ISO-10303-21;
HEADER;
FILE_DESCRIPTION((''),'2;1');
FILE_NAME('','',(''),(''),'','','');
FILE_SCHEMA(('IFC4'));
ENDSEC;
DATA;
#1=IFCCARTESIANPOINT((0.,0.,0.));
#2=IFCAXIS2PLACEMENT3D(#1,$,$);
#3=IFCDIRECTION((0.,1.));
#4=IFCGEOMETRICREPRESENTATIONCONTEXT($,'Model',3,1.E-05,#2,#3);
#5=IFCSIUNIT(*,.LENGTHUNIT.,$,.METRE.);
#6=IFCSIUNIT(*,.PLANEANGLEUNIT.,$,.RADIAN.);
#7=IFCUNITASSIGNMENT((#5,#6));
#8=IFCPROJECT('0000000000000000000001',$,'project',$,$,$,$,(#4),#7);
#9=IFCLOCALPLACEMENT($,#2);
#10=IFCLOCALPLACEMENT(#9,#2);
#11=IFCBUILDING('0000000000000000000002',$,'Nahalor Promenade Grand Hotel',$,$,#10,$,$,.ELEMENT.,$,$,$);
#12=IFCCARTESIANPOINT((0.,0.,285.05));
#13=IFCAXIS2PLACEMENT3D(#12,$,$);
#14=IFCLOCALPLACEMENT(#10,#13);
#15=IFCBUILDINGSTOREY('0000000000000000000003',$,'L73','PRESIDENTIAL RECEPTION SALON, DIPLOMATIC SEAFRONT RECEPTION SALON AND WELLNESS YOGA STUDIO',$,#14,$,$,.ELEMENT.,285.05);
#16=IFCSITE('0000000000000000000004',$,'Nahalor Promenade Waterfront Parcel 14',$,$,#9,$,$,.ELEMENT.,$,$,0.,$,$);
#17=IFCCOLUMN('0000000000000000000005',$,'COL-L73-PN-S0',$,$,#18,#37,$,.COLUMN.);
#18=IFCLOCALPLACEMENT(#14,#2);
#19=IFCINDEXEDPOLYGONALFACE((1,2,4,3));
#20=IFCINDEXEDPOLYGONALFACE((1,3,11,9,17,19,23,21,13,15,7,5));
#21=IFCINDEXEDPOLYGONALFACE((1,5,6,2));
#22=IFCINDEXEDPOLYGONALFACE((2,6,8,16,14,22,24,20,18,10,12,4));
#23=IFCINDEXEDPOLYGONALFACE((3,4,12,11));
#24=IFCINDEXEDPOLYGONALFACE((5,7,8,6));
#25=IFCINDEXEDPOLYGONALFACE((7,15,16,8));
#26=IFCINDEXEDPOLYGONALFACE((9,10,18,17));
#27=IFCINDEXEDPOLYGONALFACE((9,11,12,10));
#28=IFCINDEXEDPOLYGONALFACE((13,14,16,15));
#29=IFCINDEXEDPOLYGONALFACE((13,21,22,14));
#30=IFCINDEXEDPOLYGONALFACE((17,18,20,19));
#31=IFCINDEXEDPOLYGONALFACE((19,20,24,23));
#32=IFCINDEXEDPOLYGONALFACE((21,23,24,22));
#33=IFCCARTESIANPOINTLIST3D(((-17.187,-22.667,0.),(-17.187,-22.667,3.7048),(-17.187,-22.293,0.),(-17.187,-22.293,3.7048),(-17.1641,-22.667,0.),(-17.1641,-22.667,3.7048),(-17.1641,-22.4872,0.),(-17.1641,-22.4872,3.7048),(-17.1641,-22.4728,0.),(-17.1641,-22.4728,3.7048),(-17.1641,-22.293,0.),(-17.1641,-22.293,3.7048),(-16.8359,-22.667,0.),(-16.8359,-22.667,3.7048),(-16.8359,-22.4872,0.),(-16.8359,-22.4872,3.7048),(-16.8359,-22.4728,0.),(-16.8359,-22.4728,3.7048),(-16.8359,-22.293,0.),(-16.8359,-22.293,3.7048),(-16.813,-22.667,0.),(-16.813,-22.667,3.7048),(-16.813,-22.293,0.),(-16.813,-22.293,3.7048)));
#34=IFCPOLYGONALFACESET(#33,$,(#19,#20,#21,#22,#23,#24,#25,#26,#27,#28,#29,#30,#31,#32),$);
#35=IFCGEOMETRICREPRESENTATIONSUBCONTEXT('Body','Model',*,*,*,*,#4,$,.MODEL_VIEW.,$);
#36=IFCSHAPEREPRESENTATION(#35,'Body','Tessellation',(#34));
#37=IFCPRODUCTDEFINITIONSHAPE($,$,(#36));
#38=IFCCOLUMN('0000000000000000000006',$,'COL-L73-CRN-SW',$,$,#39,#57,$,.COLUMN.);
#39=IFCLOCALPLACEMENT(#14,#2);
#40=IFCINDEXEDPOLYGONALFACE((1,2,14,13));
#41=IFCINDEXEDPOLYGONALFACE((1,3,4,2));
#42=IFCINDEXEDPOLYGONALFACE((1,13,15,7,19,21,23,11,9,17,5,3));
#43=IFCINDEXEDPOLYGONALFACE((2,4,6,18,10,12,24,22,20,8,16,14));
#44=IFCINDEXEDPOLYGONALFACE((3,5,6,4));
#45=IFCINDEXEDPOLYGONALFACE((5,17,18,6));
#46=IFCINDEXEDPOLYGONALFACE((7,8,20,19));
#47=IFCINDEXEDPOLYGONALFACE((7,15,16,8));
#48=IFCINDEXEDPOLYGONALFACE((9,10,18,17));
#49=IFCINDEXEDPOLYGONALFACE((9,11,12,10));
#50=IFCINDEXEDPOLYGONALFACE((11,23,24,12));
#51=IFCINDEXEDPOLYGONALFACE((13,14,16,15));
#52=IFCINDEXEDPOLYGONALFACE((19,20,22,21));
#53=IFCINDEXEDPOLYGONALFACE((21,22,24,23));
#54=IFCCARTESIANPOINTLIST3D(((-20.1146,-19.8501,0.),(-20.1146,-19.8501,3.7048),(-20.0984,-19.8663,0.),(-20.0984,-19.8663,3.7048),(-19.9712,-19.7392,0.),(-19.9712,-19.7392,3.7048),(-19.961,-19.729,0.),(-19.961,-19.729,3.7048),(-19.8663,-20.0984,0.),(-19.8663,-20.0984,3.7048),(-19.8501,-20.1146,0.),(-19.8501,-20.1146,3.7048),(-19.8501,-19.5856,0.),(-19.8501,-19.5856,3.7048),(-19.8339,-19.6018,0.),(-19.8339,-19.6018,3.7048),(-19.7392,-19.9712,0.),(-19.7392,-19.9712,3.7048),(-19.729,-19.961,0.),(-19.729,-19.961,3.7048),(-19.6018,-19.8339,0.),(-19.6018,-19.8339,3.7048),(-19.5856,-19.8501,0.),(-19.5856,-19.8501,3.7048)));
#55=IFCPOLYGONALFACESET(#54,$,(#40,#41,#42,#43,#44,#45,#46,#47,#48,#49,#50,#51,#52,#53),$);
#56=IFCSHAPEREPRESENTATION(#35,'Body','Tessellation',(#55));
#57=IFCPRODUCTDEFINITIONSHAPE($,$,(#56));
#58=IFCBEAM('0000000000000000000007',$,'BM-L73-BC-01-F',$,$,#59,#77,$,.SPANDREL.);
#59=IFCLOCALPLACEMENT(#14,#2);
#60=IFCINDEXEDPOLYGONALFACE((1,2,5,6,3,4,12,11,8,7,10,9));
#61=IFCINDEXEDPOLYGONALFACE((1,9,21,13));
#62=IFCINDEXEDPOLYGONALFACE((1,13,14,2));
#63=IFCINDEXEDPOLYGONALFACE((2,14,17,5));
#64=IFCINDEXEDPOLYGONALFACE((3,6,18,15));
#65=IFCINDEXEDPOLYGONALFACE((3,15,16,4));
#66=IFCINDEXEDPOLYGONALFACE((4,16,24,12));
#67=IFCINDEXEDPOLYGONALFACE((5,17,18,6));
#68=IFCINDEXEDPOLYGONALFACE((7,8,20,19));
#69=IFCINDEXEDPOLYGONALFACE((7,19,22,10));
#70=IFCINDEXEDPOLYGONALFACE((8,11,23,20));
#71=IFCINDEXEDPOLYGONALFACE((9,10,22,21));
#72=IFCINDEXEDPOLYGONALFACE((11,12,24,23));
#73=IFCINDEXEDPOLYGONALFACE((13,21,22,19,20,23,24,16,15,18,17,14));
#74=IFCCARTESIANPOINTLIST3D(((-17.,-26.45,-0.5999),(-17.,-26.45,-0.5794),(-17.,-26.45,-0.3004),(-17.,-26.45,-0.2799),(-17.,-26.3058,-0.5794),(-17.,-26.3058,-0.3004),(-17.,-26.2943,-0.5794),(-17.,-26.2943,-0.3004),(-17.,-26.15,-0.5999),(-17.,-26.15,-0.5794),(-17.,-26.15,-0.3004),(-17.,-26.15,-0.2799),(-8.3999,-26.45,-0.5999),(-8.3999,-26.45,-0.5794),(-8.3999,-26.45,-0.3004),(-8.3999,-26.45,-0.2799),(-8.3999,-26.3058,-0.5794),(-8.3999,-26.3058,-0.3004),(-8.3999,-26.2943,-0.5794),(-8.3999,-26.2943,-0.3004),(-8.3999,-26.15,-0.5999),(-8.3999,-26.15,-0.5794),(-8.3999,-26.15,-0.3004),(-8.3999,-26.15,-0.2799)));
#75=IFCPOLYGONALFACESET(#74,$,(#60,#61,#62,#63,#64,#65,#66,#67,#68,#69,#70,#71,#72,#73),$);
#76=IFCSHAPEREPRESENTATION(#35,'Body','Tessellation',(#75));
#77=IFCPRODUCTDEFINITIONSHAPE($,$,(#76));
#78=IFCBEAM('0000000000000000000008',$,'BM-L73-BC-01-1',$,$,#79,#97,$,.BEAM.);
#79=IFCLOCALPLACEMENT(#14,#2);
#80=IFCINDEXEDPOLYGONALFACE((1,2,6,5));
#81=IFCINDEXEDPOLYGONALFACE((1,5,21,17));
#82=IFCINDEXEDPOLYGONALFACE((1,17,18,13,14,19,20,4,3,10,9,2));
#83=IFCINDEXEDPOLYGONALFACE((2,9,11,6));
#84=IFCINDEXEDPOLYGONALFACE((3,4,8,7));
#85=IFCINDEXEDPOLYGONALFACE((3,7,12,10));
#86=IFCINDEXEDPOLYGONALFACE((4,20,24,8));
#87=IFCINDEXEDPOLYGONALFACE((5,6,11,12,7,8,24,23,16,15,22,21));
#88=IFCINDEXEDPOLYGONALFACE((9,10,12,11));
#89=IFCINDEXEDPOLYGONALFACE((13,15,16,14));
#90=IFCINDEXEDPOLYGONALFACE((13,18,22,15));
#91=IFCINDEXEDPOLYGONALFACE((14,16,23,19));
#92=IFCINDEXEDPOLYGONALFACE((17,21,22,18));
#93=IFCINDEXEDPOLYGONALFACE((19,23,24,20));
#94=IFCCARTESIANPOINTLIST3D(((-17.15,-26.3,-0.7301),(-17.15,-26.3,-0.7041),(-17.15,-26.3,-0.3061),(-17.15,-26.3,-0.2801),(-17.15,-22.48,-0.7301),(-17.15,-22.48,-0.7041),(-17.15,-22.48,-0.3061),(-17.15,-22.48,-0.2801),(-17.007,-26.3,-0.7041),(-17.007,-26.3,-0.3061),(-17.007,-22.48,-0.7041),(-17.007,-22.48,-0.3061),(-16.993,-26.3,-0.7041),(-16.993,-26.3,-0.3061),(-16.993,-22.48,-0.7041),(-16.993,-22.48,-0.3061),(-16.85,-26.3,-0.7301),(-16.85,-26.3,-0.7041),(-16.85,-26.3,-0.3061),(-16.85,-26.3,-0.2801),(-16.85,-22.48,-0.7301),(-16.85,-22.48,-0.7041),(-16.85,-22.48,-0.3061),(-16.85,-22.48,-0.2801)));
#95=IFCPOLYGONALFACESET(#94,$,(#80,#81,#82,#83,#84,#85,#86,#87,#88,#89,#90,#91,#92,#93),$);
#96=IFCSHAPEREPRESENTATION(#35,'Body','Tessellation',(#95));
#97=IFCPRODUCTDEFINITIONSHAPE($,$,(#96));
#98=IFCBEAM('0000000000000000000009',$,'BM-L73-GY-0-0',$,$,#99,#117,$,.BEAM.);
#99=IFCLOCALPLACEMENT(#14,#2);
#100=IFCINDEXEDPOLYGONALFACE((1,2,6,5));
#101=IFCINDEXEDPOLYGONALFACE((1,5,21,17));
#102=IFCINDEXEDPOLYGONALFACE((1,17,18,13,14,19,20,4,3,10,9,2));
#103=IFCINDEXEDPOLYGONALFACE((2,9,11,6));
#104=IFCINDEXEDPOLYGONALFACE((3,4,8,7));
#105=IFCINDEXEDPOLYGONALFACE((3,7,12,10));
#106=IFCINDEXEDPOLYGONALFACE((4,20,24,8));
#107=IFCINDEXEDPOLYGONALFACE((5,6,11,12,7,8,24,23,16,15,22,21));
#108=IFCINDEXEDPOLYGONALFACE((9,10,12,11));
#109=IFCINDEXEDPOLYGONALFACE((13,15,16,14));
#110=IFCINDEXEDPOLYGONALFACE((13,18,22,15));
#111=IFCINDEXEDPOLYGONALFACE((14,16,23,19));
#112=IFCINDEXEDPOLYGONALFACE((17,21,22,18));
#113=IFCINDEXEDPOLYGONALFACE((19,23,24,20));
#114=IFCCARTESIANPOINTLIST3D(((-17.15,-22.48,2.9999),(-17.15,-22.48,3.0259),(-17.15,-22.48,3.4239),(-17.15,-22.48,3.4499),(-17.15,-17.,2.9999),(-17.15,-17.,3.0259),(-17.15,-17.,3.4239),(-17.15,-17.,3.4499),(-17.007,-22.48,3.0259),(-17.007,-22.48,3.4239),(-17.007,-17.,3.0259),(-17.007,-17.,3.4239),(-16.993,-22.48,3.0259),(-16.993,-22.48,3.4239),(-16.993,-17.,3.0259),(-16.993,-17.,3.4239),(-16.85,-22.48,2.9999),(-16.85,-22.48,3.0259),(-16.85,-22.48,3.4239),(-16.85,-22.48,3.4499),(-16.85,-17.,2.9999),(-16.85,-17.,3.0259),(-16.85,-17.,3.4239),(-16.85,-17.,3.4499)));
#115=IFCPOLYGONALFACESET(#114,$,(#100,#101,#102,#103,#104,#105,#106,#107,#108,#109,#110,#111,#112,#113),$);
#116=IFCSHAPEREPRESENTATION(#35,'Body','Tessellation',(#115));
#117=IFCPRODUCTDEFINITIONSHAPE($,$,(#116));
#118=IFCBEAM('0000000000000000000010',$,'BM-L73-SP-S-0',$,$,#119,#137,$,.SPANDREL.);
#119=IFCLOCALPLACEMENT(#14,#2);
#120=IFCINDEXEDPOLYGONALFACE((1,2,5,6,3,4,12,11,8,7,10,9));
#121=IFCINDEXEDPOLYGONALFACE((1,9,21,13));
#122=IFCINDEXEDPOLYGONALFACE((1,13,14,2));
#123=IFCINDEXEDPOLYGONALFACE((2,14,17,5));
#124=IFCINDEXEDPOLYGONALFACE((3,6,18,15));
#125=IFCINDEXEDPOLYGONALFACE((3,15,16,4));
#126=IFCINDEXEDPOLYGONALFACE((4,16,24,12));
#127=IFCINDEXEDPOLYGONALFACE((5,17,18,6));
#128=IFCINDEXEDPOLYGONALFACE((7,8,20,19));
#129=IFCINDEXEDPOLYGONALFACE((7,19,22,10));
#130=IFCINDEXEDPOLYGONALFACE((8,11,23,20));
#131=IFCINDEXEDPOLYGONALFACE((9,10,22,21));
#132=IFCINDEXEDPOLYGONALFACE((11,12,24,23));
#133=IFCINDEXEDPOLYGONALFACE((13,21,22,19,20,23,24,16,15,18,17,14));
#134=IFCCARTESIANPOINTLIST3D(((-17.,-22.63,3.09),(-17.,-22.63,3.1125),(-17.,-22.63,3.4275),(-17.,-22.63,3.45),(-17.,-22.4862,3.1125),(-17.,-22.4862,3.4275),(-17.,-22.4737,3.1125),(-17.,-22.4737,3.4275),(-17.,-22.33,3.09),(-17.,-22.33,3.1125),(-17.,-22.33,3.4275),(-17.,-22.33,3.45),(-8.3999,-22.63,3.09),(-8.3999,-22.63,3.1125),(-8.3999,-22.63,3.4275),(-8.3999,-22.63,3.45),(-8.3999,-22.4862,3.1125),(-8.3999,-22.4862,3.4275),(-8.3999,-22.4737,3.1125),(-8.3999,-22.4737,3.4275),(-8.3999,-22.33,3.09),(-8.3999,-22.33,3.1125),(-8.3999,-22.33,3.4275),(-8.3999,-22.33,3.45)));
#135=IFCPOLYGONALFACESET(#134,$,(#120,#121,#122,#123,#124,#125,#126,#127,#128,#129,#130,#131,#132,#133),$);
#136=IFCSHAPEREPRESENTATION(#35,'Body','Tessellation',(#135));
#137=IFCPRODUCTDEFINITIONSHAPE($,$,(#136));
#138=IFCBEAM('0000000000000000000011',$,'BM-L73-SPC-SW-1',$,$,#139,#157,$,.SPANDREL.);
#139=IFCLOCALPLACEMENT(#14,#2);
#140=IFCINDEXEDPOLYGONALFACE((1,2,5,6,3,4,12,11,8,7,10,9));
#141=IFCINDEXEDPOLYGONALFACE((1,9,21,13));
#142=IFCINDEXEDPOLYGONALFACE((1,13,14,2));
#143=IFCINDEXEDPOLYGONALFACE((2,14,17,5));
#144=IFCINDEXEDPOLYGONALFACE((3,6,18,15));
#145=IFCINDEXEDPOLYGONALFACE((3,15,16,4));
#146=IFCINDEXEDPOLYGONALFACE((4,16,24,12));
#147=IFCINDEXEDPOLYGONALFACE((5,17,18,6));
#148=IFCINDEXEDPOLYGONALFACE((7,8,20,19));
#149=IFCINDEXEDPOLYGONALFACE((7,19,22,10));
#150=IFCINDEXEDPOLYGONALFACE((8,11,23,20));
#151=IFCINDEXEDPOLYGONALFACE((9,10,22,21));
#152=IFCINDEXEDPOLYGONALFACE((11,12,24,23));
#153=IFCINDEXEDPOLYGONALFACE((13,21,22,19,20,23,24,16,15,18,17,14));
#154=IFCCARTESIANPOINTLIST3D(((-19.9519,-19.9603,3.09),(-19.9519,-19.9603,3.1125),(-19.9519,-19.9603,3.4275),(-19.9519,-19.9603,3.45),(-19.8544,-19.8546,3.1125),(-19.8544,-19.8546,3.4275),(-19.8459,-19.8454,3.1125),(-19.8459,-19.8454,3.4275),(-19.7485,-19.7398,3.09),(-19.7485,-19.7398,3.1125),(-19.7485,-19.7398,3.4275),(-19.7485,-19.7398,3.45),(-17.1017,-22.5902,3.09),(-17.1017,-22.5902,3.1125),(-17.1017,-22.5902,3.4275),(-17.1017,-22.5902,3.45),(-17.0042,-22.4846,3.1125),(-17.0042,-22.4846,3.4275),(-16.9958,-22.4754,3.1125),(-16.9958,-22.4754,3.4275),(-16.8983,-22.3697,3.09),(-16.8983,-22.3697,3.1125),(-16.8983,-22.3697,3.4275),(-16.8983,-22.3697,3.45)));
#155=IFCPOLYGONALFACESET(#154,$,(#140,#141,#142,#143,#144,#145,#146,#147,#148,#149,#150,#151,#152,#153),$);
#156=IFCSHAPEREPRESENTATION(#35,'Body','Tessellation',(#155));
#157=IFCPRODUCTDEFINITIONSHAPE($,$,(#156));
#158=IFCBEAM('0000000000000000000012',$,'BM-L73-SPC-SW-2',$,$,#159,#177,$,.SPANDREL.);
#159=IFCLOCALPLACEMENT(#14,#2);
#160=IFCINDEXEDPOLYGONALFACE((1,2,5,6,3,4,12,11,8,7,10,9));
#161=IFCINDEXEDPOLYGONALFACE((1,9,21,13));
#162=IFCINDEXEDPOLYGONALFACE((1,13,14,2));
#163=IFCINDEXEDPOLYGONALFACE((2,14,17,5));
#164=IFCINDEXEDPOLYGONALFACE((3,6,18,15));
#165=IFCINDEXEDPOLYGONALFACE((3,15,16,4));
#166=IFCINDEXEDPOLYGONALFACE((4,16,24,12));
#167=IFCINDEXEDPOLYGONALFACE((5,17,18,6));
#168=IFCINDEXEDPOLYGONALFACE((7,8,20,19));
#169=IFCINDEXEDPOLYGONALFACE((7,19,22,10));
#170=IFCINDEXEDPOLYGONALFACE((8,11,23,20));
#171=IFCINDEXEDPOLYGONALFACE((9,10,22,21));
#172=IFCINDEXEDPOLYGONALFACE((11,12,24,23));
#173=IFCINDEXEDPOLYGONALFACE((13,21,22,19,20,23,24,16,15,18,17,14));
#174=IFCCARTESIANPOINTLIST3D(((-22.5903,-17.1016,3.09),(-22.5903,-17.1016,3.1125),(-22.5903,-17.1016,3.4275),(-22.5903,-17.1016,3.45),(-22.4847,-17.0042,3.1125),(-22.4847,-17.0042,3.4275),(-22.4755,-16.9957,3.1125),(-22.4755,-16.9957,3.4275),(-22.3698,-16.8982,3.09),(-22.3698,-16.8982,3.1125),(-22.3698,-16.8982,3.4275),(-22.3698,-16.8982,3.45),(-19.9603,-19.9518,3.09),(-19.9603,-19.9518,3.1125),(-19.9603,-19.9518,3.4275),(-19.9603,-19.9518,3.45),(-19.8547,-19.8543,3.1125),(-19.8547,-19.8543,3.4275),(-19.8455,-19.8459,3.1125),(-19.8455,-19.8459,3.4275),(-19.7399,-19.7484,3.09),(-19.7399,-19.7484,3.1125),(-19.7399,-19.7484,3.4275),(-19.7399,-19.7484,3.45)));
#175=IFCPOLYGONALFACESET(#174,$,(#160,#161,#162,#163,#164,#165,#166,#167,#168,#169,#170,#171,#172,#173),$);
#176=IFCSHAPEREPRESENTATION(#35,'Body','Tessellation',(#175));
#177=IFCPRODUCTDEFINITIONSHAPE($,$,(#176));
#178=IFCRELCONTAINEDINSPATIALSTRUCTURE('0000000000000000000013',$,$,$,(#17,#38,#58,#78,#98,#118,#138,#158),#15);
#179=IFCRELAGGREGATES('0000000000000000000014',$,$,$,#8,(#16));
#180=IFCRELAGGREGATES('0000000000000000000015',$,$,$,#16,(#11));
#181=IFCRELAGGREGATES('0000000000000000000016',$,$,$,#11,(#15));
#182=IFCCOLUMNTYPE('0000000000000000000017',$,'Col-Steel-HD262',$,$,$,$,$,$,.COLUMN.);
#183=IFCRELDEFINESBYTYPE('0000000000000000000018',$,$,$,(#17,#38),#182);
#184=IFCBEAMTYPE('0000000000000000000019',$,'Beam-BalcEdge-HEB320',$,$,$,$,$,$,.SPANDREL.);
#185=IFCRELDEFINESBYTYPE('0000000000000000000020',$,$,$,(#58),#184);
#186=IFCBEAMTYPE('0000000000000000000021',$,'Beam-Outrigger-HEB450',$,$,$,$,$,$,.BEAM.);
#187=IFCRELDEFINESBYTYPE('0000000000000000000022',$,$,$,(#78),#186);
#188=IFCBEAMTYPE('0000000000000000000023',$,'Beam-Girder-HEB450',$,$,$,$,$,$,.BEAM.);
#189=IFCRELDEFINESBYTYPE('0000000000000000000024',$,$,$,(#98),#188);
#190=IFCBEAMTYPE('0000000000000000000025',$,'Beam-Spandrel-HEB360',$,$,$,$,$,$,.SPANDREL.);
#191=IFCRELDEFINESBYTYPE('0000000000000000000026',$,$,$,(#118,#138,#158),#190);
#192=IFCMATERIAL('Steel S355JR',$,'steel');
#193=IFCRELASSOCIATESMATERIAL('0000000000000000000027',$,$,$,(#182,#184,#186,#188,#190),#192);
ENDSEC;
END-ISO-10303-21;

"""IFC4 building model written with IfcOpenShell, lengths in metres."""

from ifc_helpers import new_model, si_unit, direction, frame, origin, origin_2d, place, context, subcontext, project, spatial, i_section, extrude, source, transform, mapped, material, material_profile, profile_set, type_object, element, save


model = new_model("IFC4")

# Units and contexts
model_context = context("Model", 3, precision=1e-05, world=origin(), true_north=direction((0.0, 1.0)))
body_context = subcontext(model_context, "Body", "Model", "MODEL_VIEW")
ifc_project = project(units=[si_unit("LENGTHUNIT", "METRE"), si_unit("PLANEANGLEUNIT", "RADIAN")], contexts=[model_context])

# Site, building, storey
site_placement = place(None, origin())
site = spatial("IfcSite", under=ifc_project, at=site_placement, Name="Nahalor Promenade Waterfront Parcel 14", CompositionType="ELEMENT", RefElevation=0.0)
building_placement = place(site_placement, origin())
building = spatial("IfcBuilding", under=site, at=building_placement, Name="Nahalor Promenade Grand Hotel", CompositionType="ELEMENT")
storey_placement = place(building_placement, frame((0.0, 0.0, 285.05)))
storey = spatial("IfcBuildingStorey", under=building, at=storey_placement, Name="L73", Description="PRESIDENTIAL RECEPTION SALON, DIPLOMATIC SEAFRONT RECEPTION SALON AND WELLNESS YOGA STUDIO", CompositionType="ELEMENT", Elevation=285.05)

# Columns
ifc_material_1 = material(Name="Steel S355JR", Category="steel")
ifc_material_profile_1 = material_profile(ifc_material_1, i_section(OverallWidth=0.374, OverallDepth=0.374, WebThickness=0.0144, FlangeThickness=0.0229, at=origin_2d()), Name="HD 360x262")
ifc_profile_set_1 = profile_set([ifc_material_profile_1], Name="Steel S355JR")
column_type = type_object("IfcColumnType", Name="Col-Steel-HD262", PredefinedType="COLUMN", material=ifc_profile_set_1)
shared_shape_1 = source(origin(), body_context, "Body", "SweptSolid", [
    extrude(i_section(OverallWidth=0.374, OverallDepth=0.374, WebThickness=0.0144, FlangeThickness=0.0229, at=origin_2d()), origin(), (0.0, 0.0, 1.0), 3.7048),
])
for number, where, z_axis, x_axis, name in (
    (1, (-17.0, -22.48, 0.0), (0.0, 0.0, 1.0), (0.0, 1.0, 0.0), "COL-L73-PN-S0"),
    (2, (-19.8501, -19.8501, 0.0), (0.0, 0.0, 1.0), (0.707107, 0.707107, 0.0), "COL-L73-CRN-SW"),
):
    element("IfcColumn", number, at=place(storey_placement, frame(where, z_axis=z_axis, x_axis=x_axis)), inside=storey, type_object=column_type, Name=name, PredefinedType="COLUMN", context=body_context, shape_type="MappedRepresentation", body=[
        mapped(shared_shape_1, transform((0.0, 0.0, 0.0), scale=1.0)),
    ])

# Beams
ifc_material_profile_2 = material_profile(ifc_material_1, i_section(OverallWidth=0.3, OverallDepth=0.32, WebThickness=0.0115, FlangeThickness=0.0205, at=origin_2d()), Name="HEB 320")
ifc_profile_set_2 = profile_set([ifc_material_profile_2], Name="Steel S355JR")
beam_type_1 = type_object("IfcBeamType", Name="Beam-BalcEdge-HEB320", PredefinedType="SPANDREL", material=ifc_profile_set_2)
shared_shape_2 = source(origin(), body_context, "Body", "SweptSolid", [
    extrude(i_section(OverallWidth=0.3, OverallDepth=0.32, WebThickness=0.0115, FlangeThickness=0.0205, at=origin_2d()), origin(), (0.0, 0.0, 1.0), 8.6001),
])
beam_1_placement = place(storey_placement, frame((-17.0, -26.3, -0.4399), z_axis=(1.0, 0.0, 0.0), x_axis=(0.0, 1.0, 0.0)))
element("IfcBeam", 3, at=beam_1_placement, inside=storey, type_object=beam_type_1, Name="BM-L73-BC-01-F", PredefinedType="SPANDREL", context=body_context, shape_type="MappedRepresentation", body=[
    mapped(shared_shape_2, transform((0.0, 0.0, 0.0), scale=1.0)),
])
ifc_material_profile_3 = material_profile(ifc_material_1, i_section(OverallWidth=0.3, OverallDepth=0.45, WebThickness=0.014, FlangeThickness=0.026, at=origin_2d()), Name="HEB 450")
ifc_profile_set_3 = profile_set([ifc_material_profile_3], Name="Steel S355JR")
beam_type_2 = type_object("IfcBeamType", Name="Beam-Outrigger-HEB450", PredefinedType="BEAM", material=ifc_profile_set_3)
shared_shape_3 = source(origin(), body_context, "Body", "SweptSolid", [
    extrude(i_section(OverallWidth=0.3, OverallDepth=0.45, WebThickness=0.014, FlangeThickness=0.026, at=origin_2d()), origin(), (0.0, 0.0, 1.0), 3.8201),
])
beam_2_placement = place(storey_placement, frame((-17.0, -26.3, -0.5051), z_axis=(0.0, 1.0, 0.0), x_axis=(-1.0, 0.0, 0.0)))
element("IfcBeam", 4, at=beam_2_placement, inside=storey, type_object=beam_type_2, Name="BM-L73-BC-01-1", PredefinedType="BEAM", context=body_context, shape_type="MappedRepresentation", body=[
    mapped(shared_shape_3, transform((0.0, 0.0, 0.0), scale=1.0)),
])
ifc_material_profile_4 = material_profile(ifc_material_1, i_section(OverallWidth=0.3, OverallDepth=0.45, WebThickness=0.014, FlangeThickness=0.026, at=origin_2d()), Name="HEB 450")
ifc_profile_set_4 = profile_set([ifc_material_profile_4], Name="Steel S355JR")
beam_type_3 = type_object("IfcBeamType", Name="Beam-Girder-HEB450", PredefinedType="BEAM", material=ifc_profile_set_4)
shared_shape_4 = source(origin(), body_context, "Body", "SweptSolid", [
    extrude(i_section(OverallWidth=0.3, OverallDepth=0.45, WebThickness=0.014, FlangeThickness=0.026, at=origin_2d()), origin(), (0.0, 0.0, 1.0), 5.48),
])
beam_3_placement = place(storey_placement, frame((-17.0, -22.48, 3.2249), z_axis=(0.0, 1.0, 0.0), x_axis=(-1.0, 0.0, 0.0)))
element("IfcBeam", 5, at=beam_3_placement, inside=storey, type_object=beam_type_3, Name="BM-L73-GY-0-0", PredefinedType="BEAM", context=body_context, shape_type="MappedRepresentation", body=[
    mapped(shared_shape_4, transform((0.0, 0.0, 0.0), scale=1.0)),
])
ifc_material_profile_5 = material_profile(ifc_material_1, i_section(OverallWidth=0.3, OverallDepth=0.36, WebThickness=0.0125, FlangeThickness=0.0225, at=origin_2d()), Name="HEB 360")
ifc_profile_set_5 = profile_set([ifc_material_profile_5], Name="Steel S355JR")
beam_type_4 = type_object("IfcBeamType", Name="Beam-Spandrel-HEB360", PredefinedType="SPANDREL", material=ifc_profile_set_5)
shared_shape_5 = source(origin(), body_context, "Body", "SweptSolid", [
    extrude(i_section(OverallWidth=0.3, OverallDepth=0.36, WebThickness=0.0125, FlangeThickness=0.0225, at=origin_2d()), origin(), (0.0, 0.0, 1.0), 8.6001),
])
beam_4_placement = place(storey_placement, frame((-17.0, -22.48, 3.27), z_axis=(1.0, 0.0, 0.0), x_axis=(0.0, 1.0, 0.0)))
element("IfcBeam", 6, at=beam_4_placement, inside=storey, type_object=beam_type_4, Name="BM-L73-SP-S-0", PredefinedType="SPANDREL", context=body_context, shape_type="MappedRepresentation", body=[
    mapped(shared_shape_5, transform((0.0, 0.0, 0.0), scale=1.0)),
])
shared_shape_6 = source(origin(), body_context, "Body", "SweptSolid", [
    extrude(i_section(OverallWidth=0.3, OverallDepth=0.36, WebThickness=0.0125, FlangeThickness=0.0225, at=origin_2d()), origin(), (0.0, 0.0, 1.0), 3.8782),
])
for number, where, z_axis, x_axis, name in (
    (7, (-17.0, -22.48, 3.27), (-0.734929, 0.678144, 0.0), (-0.678144, -0.734929, 0.0), "BM-L73-SPC-SW-1"),
    (8, (-19.8501, -19.8501, 3.27), (-0.678144, 0.734929, 0.0), (-0.734929, -0.678144, 0.0), "BM-L73-SPC-SW-2"),
):
    element("IfcBeam", number, at=place(storey_placement, frame(where, z_axis=z_axis, x_axis=x_axis)), inside=storey, type_object=beam_type_4, Name=name, PredefinedType="SPANDREL", context=body_context, shape_type="MappedRepresentation", body=[
        mapped(shared_shape_6, transform((0.0, 0.0, 0.0), scale=1.0)),
    ])

save(model, "model.ifc")
